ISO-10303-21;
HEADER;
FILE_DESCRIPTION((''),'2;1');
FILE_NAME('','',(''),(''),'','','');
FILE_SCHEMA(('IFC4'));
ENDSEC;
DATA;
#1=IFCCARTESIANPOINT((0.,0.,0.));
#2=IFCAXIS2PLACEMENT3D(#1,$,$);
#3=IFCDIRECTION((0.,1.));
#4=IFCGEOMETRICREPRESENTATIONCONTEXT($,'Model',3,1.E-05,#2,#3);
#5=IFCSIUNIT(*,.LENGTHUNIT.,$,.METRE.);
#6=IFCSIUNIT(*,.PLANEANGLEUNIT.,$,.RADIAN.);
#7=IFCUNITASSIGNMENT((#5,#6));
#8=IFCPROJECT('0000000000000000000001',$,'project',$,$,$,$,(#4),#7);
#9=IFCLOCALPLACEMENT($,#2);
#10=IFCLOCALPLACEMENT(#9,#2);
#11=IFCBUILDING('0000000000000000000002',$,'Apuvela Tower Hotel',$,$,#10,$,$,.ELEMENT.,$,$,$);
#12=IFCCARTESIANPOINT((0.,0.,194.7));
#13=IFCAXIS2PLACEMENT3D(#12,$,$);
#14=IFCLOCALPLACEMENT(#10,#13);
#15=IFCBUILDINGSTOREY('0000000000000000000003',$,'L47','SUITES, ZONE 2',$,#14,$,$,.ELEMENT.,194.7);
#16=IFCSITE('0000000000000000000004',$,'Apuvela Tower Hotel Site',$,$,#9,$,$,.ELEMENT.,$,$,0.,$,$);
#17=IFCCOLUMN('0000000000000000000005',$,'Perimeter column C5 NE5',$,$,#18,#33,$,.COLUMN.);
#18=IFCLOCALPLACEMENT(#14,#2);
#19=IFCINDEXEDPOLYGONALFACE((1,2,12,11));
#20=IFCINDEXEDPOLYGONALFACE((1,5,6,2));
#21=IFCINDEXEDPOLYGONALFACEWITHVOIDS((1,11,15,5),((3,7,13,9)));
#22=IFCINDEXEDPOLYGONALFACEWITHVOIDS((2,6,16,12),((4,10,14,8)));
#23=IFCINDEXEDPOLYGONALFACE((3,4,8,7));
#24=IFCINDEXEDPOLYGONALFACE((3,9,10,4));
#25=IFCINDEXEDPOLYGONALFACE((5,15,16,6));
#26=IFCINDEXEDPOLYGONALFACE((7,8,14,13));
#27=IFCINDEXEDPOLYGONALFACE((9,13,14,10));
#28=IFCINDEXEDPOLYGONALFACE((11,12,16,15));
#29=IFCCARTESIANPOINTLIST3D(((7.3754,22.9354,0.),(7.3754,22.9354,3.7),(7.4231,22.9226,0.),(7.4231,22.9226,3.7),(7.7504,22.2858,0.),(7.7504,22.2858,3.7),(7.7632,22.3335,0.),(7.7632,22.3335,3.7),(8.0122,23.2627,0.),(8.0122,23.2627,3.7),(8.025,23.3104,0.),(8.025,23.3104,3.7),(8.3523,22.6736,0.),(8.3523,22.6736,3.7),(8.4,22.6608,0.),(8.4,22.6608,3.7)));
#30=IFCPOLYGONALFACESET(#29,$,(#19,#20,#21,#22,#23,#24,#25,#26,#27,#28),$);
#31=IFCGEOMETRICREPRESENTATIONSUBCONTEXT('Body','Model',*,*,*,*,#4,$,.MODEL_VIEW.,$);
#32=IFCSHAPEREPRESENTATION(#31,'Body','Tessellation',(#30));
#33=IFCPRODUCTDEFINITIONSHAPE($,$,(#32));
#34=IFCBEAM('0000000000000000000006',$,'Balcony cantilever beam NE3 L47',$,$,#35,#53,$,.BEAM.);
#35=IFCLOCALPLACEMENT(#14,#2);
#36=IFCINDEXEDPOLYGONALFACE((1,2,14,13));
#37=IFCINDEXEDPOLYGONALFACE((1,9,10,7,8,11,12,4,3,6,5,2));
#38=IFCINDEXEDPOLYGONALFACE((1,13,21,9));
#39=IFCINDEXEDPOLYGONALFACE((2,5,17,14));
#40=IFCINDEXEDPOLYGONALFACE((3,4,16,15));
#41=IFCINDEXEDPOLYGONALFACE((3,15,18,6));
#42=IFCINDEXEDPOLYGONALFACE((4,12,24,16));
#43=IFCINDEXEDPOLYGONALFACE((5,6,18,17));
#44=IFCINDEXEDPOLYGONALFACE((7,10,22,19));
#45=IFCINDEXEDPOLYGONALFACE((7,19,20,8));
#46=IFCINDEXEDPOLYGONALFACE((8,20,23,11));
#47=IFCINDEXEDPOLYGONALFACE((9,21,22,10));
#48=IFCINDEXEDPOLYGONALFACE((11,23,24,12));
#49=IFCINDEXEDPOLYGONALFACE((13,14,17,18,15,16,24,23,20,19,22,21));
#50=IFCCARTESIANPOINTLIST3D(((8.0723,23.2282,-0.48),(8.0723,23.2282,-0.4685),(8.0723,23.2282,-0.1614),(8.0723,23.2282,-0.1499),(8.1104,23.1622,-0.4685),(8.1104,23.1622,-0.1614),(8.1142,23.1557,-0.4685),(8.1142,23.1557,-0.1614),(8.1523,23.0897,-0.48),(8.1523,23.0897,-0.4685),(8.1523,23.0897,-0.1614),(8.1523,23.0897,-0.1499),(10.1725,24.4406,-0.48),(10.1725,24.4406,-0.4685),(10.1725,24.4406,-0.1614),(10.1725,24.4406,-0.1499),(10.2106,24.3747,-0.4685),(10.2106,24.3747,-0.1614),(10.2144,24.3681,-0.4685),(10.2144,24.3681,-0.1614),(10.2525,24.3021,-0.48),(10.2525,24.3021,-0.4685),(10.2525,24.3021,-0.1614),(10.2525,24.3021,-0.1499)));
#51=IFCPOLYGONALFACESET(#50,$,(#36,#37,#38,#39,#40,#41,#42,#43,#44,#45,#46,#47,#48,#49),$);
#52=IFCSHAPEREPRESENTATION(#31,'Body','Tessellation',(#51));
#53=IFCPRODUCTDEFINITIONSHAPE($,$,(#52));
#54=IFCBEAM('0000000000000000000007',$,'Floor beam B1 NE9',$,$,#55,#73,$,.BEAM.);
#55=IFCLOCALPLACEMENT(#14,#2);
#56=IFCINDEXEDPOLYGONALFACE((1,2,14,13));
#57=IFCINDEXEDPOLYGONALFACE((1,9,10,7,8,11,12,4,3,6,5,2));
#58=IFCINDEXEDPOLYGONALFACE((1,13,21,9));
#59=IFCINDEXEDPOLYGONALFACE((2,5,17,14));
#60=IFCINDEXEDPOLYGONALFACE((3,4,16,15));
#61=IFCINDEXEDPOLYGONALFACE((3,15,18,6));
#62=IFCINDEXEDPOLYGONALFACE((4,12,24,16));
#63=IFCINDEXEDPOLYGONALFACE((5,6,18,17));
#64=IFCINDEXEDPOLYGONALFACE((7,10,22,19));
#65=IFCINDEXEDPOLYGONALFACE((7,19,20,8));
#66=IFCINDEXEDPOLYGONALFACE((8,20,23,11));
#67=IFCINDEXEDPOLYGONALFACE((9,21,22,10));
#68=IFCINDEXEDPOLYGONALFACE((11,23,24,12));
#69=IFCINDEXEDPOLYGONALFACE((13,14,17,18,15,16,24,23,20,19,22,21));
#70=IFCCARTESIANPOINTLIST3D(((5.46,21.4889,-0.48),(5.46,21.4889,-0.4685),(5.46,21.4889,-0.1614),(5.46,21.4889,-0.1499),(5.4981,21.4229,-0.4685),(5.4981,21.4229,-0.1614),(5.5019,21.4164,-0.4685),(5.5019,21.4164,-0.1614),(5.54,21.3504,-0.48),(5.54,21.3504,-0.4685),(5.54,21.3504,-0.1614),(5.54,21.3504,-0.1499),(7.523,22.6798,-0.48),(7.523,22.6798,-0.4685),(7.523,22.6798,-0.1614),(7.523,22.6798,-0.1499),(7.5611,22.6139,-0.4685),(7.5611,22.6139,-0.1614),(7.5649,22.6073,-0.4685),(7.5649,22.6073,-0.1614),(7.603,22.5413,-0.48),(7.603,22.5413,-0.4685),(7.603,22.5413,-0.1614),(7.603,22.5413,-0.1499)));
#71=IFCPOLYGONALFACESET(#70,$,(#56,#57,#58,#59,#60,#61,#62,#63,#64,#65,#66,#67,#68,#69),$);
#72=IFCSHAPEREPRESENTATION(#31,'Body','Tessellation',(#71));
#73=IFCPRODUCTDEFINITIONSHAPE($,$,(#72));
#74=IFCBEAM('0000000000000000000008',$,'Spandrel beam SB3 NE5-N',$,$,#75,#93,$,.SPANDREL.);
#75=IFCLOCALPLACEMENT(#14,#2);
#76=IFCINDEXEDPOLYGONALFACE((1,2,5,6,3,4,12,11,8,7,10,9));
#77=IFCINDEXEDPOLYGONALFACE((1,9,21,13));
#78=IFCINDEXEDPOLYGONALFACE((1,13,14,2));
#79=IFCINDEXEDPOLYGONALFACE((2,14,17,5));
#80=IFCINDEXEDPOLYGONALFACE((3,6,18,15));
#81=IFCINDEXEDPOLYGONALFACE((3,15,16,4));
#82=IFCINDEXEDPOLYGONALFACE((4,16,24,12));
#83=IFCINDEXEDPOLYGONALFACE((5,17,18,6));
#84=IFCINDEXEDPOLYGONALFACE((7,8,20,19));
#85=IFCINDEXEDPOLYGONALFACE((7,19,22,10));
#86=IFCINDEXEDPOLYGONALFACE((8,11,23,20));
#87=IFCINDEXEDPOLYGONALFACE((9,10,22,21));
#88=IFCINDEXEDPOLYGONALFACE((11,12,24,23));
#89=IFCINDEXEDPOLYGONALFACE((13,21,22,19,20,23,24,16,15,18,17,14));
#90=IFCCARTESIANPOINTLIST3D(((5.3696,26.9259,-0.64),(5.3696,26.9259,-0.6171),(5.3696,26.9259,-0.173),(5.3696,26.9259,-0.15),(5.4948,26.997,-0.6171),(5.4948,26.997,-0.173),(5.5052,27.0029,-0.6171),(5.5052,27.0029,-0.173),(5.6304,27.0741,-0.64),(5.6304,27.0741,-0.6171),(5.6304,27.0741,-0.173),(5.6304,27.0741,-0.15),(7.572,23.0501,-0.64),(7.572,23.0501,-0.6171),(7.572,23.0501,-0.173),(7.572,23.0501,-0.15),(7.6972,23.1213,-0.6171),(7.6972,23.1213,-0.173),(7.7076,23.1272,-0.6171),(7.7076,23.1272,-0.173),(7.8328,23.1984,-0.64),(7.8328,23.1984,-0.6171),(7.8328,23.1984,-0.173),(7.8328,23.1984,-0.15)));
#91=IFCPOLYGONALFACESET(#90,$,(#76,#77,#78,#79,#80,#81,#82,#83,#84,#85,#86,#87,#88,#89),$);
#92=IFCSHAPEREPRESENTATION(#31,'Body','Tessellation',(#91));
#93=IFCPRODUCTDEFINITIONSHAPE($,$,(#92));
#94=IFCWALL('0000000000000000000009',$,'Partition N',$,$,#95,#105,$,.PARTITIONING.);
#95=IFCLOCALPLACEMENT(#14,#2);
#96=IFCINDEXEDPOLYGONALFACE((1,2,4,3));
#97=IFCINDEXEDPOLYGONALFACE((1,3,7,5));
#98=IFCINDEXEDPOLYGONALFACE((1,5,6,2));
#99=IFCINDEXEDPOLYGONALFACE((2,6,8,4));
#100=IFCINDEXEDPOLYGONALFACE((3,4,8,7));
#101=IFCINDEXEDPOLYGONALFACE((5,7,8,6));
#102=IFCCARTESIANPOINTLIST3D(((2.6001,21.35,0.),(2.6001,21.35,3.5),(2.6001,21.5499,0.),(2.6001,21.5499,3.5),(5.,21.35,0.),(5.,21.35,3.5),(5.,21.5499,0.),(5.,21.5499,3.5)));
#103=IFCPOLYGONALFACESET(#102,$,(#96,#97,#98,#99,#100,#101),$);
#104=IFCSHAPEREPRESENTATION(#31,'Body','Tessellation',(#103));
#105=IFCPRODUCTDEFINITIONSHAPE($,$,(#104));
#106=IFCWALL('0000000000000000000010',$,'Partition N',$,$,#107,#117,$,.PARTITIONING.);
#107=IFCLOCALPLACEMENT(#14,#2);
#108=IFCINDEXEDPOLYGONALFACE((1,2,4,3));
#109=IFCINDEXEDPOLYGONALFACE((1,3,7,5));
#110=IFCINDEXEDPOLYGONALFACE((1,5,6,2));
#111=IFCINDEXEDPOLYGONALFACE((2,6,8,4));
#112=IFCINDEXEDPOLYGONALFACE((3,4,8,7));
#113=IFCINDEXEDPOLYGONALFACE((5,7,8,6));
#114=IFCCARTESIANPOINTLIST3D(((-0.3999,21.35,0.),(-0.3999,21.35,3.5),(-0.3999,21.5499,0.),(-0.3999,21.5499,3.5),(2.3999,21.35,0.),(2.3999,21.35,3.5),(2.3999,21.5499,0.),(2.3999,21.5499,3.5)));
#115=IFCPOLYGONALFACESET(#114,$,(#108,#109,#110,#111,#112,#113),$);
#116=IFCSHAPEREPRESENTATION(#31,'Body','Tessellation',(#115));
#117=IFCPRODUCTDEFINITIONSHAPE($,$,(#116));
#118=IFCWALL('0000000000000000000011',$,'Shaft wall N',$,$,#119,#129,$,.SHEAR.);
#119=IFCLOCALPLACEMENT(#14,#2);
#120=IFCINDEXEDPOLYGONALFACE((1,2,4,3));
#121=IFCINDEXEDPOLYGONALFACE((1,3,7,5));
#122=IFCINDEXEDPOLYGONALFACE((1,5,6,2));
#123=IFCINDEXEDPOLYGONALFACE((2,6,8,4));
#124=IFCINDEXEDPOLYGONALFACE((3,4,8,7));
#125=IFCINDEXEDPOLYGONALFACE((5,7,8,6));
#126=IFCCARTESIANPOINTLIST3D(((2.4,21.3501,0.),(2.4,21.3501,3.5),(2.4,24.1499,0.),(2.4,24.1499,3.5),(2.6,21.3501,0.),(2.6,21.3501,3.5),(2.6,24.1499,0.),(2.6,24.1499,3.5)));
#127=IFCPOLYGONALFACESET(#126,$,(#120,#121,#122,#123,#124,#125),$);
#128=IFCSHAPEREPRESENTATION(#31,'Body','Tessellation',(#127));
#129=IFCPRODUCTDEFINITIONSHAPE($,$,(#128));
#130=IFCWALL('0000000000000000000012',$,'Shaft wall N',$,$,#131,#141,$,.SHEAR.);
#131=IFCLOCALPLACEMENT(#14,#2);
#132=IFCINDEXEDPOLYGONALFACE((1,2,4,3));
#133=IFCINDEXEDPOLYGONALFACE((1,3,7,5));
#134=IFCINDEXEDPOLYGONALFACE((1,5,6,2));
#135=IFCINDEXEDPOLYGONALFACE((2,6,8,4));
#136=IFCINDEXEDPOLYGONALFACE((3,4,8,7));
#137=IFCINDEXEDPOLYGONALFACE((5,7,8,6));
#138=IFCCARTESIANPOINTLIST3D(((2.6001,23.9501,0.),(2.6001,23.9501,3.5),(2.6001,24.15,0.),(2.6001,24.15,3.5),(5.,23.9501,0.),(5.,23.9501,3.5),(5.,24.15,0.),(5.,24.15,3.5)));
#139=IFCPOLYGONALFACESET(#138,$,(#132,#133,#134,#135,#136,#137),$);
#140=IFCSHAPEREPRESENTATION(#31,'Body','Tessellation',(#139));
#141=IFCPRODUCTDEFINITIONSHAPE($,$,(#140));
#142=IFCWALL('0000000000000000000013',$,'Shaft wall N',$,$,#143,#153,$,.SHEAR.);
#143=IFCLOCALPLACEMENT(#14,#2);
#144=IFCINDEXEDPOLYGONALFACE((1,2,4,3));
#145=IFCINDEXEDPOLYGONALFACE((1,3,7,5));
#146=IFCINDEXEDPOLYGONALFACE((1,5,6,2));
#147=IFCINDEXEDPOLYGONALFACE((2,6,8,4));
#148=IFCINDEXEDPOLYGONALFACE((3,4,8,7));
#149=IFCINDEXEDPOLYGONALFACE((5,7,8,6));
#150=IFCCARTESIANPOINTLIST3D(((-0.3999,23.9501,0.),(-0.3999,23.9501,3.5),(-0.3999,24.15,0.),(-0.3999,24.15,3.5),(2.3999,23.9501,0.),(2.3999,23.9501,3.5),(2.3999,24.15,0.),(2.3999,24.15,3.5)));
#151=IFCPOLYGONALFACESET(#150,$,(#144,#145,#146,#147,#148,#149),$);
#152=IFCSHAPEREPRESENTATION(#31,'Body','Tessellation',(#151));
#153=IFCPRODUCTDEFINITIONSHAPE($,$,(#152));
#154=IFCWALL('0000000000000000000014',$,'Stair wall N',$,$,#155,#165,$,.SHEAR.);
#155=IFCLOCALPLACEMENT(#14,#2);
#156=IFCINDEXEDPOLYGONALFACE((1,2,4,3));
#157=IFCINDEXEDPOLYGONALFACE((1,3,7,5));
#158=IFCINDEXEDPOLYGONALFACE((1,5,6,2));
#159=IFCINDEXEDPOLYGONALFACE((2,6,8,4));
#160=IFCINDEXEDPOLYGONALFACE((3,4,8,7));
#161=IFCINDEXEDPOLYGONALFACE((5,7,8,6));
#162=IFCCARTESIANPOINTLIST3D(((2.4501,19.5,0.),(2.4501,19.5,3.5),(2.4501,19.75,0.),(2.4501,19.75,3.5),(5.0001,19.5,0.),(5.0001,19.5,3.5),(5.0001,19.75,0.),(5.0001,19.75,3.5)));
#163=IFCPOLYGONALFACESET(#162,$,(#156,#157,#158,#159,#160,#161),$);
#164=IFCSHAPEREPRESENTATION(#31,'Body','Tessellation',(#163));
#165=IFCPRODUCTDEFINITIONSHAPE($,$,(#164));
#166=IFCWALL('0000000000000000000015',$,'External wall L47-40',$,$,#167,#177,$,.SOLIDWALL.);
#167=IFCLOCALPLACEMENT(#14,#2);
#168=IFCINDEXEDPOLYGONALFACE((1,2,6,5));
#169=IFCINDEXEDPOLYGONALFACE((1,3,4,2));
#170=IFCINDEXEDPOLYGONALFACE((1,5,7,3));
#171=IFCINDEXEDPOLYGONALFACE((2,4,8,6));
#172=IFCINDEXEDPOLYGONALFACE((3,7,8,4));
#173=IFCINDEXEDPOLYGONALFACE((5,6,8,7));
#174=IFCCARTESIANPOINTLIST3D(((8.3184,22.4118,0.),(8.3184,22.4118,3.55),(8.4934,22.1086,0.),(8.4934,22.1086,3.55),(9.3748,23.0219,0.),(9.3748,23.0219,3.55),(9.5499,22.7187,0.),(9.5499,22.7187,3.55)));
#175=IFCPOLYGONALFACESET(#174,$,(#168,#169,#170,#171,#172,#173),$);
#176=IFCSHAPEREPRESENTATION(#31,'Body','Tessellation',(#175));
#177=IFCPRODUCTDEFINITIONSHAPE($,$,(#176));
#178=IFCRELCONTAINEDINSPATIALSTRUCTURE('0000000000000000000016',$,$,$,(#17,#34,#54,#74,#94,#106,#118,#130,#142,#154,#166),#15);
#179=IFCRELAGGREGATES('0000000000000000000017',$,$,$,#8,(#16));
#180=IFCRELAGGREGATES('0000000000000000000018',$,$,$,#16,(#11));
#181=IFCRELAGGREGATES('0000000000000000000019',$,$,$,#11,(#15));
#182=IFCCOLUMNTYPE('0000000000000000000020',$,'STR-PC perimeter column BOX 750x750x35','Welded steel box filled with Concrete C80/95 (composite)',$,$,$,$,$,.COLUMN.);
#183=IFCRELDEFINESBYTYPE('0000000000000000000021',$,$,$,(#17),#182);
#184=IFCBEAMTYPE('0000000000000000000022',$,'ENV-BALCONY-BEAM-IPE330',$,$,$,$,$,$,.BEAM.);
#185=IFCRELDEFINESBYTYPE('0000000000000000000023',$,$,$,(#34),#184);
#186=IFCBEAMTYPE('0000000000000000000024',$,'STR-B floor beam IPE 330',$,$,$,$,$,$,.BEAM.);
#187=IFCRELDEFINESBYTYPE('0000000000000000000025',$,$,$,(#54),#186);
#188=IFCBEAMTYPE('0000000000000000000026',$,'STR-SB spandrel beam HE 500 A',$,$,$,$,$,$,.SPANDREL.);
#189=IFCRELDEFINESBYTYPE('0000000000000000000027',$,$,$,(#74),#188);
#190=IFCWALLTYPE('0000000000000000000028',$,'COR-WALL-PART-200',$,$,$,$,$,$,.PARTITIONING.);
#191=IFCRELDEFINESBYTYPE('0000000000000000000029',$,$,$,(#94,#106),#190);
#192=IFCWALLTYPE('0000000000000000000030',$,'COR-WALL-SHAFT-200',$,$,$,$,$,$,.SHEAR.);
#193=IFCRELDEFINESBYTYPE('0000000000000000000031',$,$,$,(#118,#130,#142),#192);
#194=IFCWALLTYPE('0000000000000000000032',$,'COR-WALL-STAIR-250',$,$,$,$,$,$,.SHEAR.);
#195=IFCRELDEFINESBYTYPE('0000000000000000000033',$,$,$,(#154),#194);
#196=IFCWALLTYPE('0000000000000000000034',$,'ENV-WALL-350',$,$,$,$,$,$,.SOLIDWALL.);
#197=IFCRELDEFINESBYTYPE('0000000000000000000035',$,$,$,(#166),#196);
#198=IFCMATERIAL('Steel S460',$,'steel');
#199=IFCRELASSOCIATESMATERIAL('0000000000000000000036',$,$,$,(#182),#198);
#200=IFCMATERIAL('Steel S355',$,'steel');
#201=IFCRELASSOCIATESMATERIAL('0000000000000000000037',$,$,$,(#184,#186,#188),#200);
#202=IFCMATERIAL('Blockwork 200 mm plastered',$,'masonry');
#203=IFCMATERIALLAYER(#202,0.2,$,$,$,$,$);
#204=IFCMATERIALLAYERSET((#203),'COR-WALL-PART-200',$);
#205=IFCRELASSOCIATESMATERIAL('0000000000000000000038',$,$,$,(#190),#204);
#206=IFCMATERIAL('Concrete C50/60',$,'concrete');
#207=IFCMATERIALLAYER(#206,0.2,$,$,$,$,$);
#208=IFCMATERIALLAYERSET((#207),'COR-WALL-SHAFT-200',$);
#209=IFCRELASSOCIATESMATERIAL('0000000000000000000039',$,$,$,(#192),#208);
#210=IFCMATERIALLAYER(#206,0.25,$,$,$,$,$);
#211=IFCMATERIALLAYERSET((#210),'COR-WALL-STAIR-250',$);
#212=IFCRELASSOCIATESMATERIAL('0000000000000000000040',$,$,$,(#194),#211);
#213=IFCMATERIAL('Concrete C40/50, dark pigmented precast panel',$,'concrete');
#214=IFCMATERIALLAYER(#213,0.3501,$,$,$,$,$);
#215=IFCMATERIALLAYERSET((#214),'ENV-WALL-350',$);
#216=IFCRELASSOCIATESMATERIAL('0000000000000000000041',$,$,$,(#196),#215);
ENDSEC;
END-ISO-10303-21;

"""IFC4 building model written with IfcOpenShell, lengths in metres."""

from ifc_helpers import new_model, si_unit, direction, frame, frame_2d, origin, origin_2d, place, context, subcontext, project, spatial, rectangle, hollow_rectangle, i_section, extrude, material, layer, layer_set, material_profile, profile_set, type_object, element, save


model = new_model("IFC4")

# Units and contexts
model_context = context("Model", 3, precision=1e-05, world=origin(), true_north=direction((0.0, 1.0)))
body_context = subcontext(model_context, "Body", "Model", "MODEL_VIEW")
ifc_project = project(units=[si_unit("LENGTHUNIT", "METRE"), si_unit("PLANEANGLEUNIT", "RADIAN")], contexts=[model_context])

# Site, building, storey
site_placement = place(None, origin())
site = spatial("IfcSite", under=ifc_project, at=site_placement, Name="Apuvela Tower Hotel Site", CompositionType="ELEMENT", RefElevation=0.0)
building_placement = place(site_placement, origin())
building = spatial("IfcBuilding", under=site, at=building_placement, Name="Apuvela Tower Hotel", CompositionType="ELEMENT")
storey_placement = place(building_placement, frame((0.0, 0.0, 194.7)))
storey = spatial("IfcBuildingStorey", under=building, at=storey_placement, Name="L47", Description="SUITES, ZONE 2", CompositionType="ELEMENT", Elevation=194.7)

# Column
ifc_material_1 = material(Name="Steel S460", Category="steel")
ifc_material_profile_1 = material_profile(ifc_material_1, hollow_rectangle(XDim=0.75, YDim=0.75, WallThickness=0.0349, at=origin_2d()), Name="BOX 750x750x35")
ifc_material_2 = material(Name="Concrete C80/95", Category="concrete")
ifc_material_profile_2 = material_profile(ifc_material_2, rectangle(XDim=0.6799, YDim=0.6799, at=origin_2d()), Name="Concrete C80/95 infill")
ifc_profile_set_1 = profile_set([ifc_material_profile_1, ifc_material_profile_2], Name="Steel S460")
column_type = type_object("IfcColumnType", Name="STR-PC perimeter column BOX 750x750x35", Description="Welded steel box filled with Concrete C80/95 (composite)", PredefinedType="COLUMN", material=ifc_profile_set_1)
column_placement = place(storey_placement, frame((7.8877, 22.7981, 0.0), z_axis=(0.0, 0.0, 1.0), x_axis=(-0.5, 0.866025, 0.0)))
element("IfcColumn", 1, at=column_placement, inside=storey, type_object=column_type, Name="Perimeter column C5 NE5", PredefinedType="COLUMN", context=body_context, shape_type="SweptSolid", body=[
    extrude(hollow_rectangle(XDim=0.75, YDim=0.75, WallThickness=0.0349, at=origin_2d()), origin(), (0.0, 0.0, 1.0), 3.7),
])

# Beams
ifc_material_3 = material(Name="Steel S355", Category="steel")
ifc_material_profile_3 = material_profile(ifc_material_3, i_section(OverallWidth=0.1599, OverallDepth=0.3301, WebThickness=0.0076, FlangeThickness=0.0115, at=origin_2d()), Name="IPE 330")
ifc_profile_set_2 = profile_set([ifc_material_profile_3], Name="Steel S355")
beam_type_1 = type_object("IfcBeamType", Name="ENV-BALCONY-BEAM-IPE330", PredefinedType="BEAM", material=ifc_profile_set_2)
beam_1_placement = place(storey_placement, frame((8.1123, 23.1589, -0.3149), z_axis=(0.866041, 0.499972, 0.0), x_axis=(-0.499972, 0.866041, 0.0)))
element("IfcBeam", 2, at=beam_1_placement, inside=storey, type_object=beam_type_1, Name="Balcony cantilever beam NE3 L47", PredefinedType="BEAM", context=body_context, shape_type="SweptSolid", body=[
    extrude(i_section(OverallWidth=0.1599, OverallDepth=0.3301, WebThickness=0.0076, FlangeThickness=0.0115, at=origin_2d()), origin(), (0.0, 0.0, 1.0), 2.425),
])
ifc_material_profile_4 = material_profile(ifc_material_3, i_section(OverallWidth=0.1599, OverallDepth=0.3301, WebThickness=0.0076, FlangeThickness=0.0115, at=origin_2d()), Name="IPE 330")
ifc_profile_set_3 = profile_set([ifc_material_profile_4], Name="Steel S355")
beam_type_2 = type_object("IfcBeamType", Name="STR-B floor beam IPE 330", PredefinedType="BEAM", material=ifc_profile_set_3)
beam_2_placement = place(storey_placement, frame((7.563, 22.6106, -0.3149), z_axis=(-0.866052, -0.499953, 0.0), x_axis=(0.499953, -0.866052, 0.0)))
element("IfcBeam", 3, at=beam_2_placement, inside=storey, type_object=beam_type_2, Name="Floor beam B1 NE9", PredefinedType="BEAM", context=body_context, shape_type="SweptSolid", body=[
    extrude(i_section(OverallWidth=0.1599, OverallDepth=0.3301, WebThickness=0.0076, FlangeThickness=0.0115, at=origin_2d()), origin(), (0.0, 0.0, 1.0), 2.3821),
])
ifc_material_profile_5 = material_profile(ifc_material_3, i_section(OverallWidth=0.3, OverallDepth=0.49, WebThickness=0.012, FlangeThickness=0.0229, at=origin_2d()), Name="HE 500 A")
ifc_profile_set_4 = profile_set([ifc_material_profile_5], Name="Steel S355")
beam_type_3 = type_object("IfcBeamType", Name="STR-SB spandrel beam HE 500 A", PredefinedType="SPANDREL", material=ifc_profile_set_4)
beam_3_placement = place(storey_placement, frame((7.7024, 23.1243, -0.395), z_axis=(-0.494056, 0.86943, 0.0), x_axis=(-0.86943, -0.494056, 0.0)))
element("IfcBeam", 4, at=beam_3_placement, inside=storey, type_object=beam_type_3, Name="Spandrel beam SB3 NE5-N", PredefinedType="SPANDREL", context=body_context, shape_type="SweptSolid", body=[
    extrude(i_section(OverallWidth=0.3, OverallDepth=0.49, WebThickness=0.012, FlangeThickness=0.0229, at=origin_2d()), origin(), (0.0, 0.0, 1.0), 4.4578),
])

# Walls
ifc_material_4 = material(Name="Blockwork 200 mm plastered", Category="masonry")
ifc_layer_1 = layer(ifc_material_4, 0.2)
ifc_layer_set_1 = layer_set([ifc_layer_1], Name="COR-WALL-PART-200")
wall_type_1 = type_object("IfcWallType", Name="COR-WALL-PART-200", PredefinedType="PARTITIONING", material=ifc_layer_set_1)
wall_1_placement = place(storey_placement, frame((5.0, 21.45, 0.0), z_axis=(0.0, 0.0, 1.0), x_axis=(-1.0, 0.0, 0.0)))
element("IfcWall", 5, at=wall_1_placement, inside=storey, type_object=wall_type_1, Name="Partition N", PredefinedType="PARTITIONING", context=body_context, shape_type="SweptSolid", body=[
    extrude(rectangle(XDim=2.3999, YDim=0.2, at=frame_2d((1.2, 0.0))), origin(), (0.0, 0.0, 1.0), 3.5),
])
wall_2_placement = place(storey_placement, frame((2.3999, 21.45, 0.0), z_axis=(0.0, 0.0, 1.0), x_axis=(-1.0, 0.0, 0.0)))
element("IfcWall", 6, at=wall_2_placement, inside=storey, type_object=wall_type_1, Name="Partition N", PredefinedType="PARTITIONING", context=body_context, shape_type="SweptSolid", body=[
    extrude(rectangle(XDim=2.7998, YDim=0.2, at=frame_2d((1.3999, 0.0))), origin(), (0.0, 0.0, 1.0), 3.5),
])
ifc_material_5 = material(Name="Concrete C50/60", Category="concrete")
ifc_layer_2 = layer(ifc_material_5, 0.2)
ifc_layer_set_2 = layer_set([ifc_layer_2], Name="COR-WALL-SHAFT-200")
wall_type_2 = type_object("IfcWallType", Name="COR-WALL-SHAFT-200", PredefinedType="SHEAR", material=ifc_layer_set_2)
wall_3_placement = place(storey_placement, frame((2.5, 21.3501, 0.0), z_axis=(0.0, 0.0, 1.0), x_axis=(0.0, 1.0, 0.0)))
element("IfcWall", 7, at=wall_3_placement, inside=storey, type_object=wall_type_2, Name="Shaft wall N", PredefinedType="SHEAR", context=body_context, shape_type="SweptSolid", body=[
    extrude(rectangle(XDim=2.7998, YDim=0.2, at=frame_2d((1.3999, 0.0))), origin(), (0.0, 0.0, 1.0), 3.5),
])
wall_4_placement = place(storey_placement, frame((5.0, 24.05, 0.0), z_axis=(0.0, 0.0, 1.0), x_axis=(-1.0, 0.0, 0.0)))
element("IfcWall", 8, at=wall_4_placement, inside=storey, type_object=wall_type_2, Name="Shaft wall N", PredefinedType="SHEAR", context=body_context, shape_type="SweptSolid", body=[
    extrude(rectangle(XDim=2.3999, YDim=0.2, at=frame_2d((1.2, 0.0))), origin(), (0.0, 0.0, 1.0), 3.5),
])
wall_5_placement = place(storey_placement, frame((2.3999, 24.05, 0.0), z_axis=(0.0, 0.0, 1.0), x_axis=(-1.0, 0.0, 0.0)))
element("IfcWall", 9, at=wall_5_placement, inside=storey, type_object=wall_type_2, Name="Shaft wall N", PredefinedType="SHEAR", context=body_context, shape_type="SweptSolid", body=[
    extrude(rectangle(XDim=2.7998, YDim=0.2, at=frame_2d((1.3999, 0.0))), origin(), (0.0, 0.0, 1.0), 3.5),
])
ifc_layer_3 = layer(ifc_material_5, 0.25)
ifc_layer_set_3 = layer_set([ifc_layer_3], Name="COR-WALL-STAIR-250")
wall_type_3 = type_object("IfcWallType", Name="COR-WALL-STAIR-250", PredefinedType="SHEAR", material=ifc_layer_set_3)
wall_6_placement = place(storey_placement, frame((5.0, 19.625, 0.0), z_axis=(0.0, 0.0, 1.0), x_axis=(-1.0, 0.0, 0.0)))
element("IfcWall", 10, at=wall_6_placement, inside=storey, type_object=wall_type_3, Name="Stair wall N", PredefinedType="SHEAR", context=body_context, shape_type="SweptSolid", body=[
    extrude(rectangle(XDim=2.55, YDim=0.25, at=frame_2d((1.2749, 0.0))), origin(), (0.0, 0.0, 1.0), 3.5),
])
ifc_material_6 = material(Name="Concrete C40/50, dark pigmented precast panel", Category="concrete")
ifc_layer_4 = layer(ifc_material_6, 0.3501)
ifc_layer_set_4 = layer_set([ifc_layer_4], Name="ENV-WALL-350")
wall_type_4 = type_object("IfcWallType", Name="ENV-WALL-350", PredefinedType="SOLIDWALL", material=ifc_layer_set_4)
wall_7_placement = place(storey_placement, frame((8.406, 22.2603, 0.0), z_axis=(0.0, 0.0, 1.0), x_axis=(0.865956, 0.500121, 0.0)))
element("IfcWall", 11, at=wall_7_placement, inside=storey, type_object=wall_type_4, Name="External wall L47-40", PredefinedType="SOLIDWALL", context=body_context, shape_type="SweptSolid", body=[
    extrude(rectangle(XDim=1.22, YDim=0.3501, at=frame_2d((0.6099, 0.0))), origin(), (0.0, 0.0, 1.0), 3.55),
])

save(model, "model.ifc")
